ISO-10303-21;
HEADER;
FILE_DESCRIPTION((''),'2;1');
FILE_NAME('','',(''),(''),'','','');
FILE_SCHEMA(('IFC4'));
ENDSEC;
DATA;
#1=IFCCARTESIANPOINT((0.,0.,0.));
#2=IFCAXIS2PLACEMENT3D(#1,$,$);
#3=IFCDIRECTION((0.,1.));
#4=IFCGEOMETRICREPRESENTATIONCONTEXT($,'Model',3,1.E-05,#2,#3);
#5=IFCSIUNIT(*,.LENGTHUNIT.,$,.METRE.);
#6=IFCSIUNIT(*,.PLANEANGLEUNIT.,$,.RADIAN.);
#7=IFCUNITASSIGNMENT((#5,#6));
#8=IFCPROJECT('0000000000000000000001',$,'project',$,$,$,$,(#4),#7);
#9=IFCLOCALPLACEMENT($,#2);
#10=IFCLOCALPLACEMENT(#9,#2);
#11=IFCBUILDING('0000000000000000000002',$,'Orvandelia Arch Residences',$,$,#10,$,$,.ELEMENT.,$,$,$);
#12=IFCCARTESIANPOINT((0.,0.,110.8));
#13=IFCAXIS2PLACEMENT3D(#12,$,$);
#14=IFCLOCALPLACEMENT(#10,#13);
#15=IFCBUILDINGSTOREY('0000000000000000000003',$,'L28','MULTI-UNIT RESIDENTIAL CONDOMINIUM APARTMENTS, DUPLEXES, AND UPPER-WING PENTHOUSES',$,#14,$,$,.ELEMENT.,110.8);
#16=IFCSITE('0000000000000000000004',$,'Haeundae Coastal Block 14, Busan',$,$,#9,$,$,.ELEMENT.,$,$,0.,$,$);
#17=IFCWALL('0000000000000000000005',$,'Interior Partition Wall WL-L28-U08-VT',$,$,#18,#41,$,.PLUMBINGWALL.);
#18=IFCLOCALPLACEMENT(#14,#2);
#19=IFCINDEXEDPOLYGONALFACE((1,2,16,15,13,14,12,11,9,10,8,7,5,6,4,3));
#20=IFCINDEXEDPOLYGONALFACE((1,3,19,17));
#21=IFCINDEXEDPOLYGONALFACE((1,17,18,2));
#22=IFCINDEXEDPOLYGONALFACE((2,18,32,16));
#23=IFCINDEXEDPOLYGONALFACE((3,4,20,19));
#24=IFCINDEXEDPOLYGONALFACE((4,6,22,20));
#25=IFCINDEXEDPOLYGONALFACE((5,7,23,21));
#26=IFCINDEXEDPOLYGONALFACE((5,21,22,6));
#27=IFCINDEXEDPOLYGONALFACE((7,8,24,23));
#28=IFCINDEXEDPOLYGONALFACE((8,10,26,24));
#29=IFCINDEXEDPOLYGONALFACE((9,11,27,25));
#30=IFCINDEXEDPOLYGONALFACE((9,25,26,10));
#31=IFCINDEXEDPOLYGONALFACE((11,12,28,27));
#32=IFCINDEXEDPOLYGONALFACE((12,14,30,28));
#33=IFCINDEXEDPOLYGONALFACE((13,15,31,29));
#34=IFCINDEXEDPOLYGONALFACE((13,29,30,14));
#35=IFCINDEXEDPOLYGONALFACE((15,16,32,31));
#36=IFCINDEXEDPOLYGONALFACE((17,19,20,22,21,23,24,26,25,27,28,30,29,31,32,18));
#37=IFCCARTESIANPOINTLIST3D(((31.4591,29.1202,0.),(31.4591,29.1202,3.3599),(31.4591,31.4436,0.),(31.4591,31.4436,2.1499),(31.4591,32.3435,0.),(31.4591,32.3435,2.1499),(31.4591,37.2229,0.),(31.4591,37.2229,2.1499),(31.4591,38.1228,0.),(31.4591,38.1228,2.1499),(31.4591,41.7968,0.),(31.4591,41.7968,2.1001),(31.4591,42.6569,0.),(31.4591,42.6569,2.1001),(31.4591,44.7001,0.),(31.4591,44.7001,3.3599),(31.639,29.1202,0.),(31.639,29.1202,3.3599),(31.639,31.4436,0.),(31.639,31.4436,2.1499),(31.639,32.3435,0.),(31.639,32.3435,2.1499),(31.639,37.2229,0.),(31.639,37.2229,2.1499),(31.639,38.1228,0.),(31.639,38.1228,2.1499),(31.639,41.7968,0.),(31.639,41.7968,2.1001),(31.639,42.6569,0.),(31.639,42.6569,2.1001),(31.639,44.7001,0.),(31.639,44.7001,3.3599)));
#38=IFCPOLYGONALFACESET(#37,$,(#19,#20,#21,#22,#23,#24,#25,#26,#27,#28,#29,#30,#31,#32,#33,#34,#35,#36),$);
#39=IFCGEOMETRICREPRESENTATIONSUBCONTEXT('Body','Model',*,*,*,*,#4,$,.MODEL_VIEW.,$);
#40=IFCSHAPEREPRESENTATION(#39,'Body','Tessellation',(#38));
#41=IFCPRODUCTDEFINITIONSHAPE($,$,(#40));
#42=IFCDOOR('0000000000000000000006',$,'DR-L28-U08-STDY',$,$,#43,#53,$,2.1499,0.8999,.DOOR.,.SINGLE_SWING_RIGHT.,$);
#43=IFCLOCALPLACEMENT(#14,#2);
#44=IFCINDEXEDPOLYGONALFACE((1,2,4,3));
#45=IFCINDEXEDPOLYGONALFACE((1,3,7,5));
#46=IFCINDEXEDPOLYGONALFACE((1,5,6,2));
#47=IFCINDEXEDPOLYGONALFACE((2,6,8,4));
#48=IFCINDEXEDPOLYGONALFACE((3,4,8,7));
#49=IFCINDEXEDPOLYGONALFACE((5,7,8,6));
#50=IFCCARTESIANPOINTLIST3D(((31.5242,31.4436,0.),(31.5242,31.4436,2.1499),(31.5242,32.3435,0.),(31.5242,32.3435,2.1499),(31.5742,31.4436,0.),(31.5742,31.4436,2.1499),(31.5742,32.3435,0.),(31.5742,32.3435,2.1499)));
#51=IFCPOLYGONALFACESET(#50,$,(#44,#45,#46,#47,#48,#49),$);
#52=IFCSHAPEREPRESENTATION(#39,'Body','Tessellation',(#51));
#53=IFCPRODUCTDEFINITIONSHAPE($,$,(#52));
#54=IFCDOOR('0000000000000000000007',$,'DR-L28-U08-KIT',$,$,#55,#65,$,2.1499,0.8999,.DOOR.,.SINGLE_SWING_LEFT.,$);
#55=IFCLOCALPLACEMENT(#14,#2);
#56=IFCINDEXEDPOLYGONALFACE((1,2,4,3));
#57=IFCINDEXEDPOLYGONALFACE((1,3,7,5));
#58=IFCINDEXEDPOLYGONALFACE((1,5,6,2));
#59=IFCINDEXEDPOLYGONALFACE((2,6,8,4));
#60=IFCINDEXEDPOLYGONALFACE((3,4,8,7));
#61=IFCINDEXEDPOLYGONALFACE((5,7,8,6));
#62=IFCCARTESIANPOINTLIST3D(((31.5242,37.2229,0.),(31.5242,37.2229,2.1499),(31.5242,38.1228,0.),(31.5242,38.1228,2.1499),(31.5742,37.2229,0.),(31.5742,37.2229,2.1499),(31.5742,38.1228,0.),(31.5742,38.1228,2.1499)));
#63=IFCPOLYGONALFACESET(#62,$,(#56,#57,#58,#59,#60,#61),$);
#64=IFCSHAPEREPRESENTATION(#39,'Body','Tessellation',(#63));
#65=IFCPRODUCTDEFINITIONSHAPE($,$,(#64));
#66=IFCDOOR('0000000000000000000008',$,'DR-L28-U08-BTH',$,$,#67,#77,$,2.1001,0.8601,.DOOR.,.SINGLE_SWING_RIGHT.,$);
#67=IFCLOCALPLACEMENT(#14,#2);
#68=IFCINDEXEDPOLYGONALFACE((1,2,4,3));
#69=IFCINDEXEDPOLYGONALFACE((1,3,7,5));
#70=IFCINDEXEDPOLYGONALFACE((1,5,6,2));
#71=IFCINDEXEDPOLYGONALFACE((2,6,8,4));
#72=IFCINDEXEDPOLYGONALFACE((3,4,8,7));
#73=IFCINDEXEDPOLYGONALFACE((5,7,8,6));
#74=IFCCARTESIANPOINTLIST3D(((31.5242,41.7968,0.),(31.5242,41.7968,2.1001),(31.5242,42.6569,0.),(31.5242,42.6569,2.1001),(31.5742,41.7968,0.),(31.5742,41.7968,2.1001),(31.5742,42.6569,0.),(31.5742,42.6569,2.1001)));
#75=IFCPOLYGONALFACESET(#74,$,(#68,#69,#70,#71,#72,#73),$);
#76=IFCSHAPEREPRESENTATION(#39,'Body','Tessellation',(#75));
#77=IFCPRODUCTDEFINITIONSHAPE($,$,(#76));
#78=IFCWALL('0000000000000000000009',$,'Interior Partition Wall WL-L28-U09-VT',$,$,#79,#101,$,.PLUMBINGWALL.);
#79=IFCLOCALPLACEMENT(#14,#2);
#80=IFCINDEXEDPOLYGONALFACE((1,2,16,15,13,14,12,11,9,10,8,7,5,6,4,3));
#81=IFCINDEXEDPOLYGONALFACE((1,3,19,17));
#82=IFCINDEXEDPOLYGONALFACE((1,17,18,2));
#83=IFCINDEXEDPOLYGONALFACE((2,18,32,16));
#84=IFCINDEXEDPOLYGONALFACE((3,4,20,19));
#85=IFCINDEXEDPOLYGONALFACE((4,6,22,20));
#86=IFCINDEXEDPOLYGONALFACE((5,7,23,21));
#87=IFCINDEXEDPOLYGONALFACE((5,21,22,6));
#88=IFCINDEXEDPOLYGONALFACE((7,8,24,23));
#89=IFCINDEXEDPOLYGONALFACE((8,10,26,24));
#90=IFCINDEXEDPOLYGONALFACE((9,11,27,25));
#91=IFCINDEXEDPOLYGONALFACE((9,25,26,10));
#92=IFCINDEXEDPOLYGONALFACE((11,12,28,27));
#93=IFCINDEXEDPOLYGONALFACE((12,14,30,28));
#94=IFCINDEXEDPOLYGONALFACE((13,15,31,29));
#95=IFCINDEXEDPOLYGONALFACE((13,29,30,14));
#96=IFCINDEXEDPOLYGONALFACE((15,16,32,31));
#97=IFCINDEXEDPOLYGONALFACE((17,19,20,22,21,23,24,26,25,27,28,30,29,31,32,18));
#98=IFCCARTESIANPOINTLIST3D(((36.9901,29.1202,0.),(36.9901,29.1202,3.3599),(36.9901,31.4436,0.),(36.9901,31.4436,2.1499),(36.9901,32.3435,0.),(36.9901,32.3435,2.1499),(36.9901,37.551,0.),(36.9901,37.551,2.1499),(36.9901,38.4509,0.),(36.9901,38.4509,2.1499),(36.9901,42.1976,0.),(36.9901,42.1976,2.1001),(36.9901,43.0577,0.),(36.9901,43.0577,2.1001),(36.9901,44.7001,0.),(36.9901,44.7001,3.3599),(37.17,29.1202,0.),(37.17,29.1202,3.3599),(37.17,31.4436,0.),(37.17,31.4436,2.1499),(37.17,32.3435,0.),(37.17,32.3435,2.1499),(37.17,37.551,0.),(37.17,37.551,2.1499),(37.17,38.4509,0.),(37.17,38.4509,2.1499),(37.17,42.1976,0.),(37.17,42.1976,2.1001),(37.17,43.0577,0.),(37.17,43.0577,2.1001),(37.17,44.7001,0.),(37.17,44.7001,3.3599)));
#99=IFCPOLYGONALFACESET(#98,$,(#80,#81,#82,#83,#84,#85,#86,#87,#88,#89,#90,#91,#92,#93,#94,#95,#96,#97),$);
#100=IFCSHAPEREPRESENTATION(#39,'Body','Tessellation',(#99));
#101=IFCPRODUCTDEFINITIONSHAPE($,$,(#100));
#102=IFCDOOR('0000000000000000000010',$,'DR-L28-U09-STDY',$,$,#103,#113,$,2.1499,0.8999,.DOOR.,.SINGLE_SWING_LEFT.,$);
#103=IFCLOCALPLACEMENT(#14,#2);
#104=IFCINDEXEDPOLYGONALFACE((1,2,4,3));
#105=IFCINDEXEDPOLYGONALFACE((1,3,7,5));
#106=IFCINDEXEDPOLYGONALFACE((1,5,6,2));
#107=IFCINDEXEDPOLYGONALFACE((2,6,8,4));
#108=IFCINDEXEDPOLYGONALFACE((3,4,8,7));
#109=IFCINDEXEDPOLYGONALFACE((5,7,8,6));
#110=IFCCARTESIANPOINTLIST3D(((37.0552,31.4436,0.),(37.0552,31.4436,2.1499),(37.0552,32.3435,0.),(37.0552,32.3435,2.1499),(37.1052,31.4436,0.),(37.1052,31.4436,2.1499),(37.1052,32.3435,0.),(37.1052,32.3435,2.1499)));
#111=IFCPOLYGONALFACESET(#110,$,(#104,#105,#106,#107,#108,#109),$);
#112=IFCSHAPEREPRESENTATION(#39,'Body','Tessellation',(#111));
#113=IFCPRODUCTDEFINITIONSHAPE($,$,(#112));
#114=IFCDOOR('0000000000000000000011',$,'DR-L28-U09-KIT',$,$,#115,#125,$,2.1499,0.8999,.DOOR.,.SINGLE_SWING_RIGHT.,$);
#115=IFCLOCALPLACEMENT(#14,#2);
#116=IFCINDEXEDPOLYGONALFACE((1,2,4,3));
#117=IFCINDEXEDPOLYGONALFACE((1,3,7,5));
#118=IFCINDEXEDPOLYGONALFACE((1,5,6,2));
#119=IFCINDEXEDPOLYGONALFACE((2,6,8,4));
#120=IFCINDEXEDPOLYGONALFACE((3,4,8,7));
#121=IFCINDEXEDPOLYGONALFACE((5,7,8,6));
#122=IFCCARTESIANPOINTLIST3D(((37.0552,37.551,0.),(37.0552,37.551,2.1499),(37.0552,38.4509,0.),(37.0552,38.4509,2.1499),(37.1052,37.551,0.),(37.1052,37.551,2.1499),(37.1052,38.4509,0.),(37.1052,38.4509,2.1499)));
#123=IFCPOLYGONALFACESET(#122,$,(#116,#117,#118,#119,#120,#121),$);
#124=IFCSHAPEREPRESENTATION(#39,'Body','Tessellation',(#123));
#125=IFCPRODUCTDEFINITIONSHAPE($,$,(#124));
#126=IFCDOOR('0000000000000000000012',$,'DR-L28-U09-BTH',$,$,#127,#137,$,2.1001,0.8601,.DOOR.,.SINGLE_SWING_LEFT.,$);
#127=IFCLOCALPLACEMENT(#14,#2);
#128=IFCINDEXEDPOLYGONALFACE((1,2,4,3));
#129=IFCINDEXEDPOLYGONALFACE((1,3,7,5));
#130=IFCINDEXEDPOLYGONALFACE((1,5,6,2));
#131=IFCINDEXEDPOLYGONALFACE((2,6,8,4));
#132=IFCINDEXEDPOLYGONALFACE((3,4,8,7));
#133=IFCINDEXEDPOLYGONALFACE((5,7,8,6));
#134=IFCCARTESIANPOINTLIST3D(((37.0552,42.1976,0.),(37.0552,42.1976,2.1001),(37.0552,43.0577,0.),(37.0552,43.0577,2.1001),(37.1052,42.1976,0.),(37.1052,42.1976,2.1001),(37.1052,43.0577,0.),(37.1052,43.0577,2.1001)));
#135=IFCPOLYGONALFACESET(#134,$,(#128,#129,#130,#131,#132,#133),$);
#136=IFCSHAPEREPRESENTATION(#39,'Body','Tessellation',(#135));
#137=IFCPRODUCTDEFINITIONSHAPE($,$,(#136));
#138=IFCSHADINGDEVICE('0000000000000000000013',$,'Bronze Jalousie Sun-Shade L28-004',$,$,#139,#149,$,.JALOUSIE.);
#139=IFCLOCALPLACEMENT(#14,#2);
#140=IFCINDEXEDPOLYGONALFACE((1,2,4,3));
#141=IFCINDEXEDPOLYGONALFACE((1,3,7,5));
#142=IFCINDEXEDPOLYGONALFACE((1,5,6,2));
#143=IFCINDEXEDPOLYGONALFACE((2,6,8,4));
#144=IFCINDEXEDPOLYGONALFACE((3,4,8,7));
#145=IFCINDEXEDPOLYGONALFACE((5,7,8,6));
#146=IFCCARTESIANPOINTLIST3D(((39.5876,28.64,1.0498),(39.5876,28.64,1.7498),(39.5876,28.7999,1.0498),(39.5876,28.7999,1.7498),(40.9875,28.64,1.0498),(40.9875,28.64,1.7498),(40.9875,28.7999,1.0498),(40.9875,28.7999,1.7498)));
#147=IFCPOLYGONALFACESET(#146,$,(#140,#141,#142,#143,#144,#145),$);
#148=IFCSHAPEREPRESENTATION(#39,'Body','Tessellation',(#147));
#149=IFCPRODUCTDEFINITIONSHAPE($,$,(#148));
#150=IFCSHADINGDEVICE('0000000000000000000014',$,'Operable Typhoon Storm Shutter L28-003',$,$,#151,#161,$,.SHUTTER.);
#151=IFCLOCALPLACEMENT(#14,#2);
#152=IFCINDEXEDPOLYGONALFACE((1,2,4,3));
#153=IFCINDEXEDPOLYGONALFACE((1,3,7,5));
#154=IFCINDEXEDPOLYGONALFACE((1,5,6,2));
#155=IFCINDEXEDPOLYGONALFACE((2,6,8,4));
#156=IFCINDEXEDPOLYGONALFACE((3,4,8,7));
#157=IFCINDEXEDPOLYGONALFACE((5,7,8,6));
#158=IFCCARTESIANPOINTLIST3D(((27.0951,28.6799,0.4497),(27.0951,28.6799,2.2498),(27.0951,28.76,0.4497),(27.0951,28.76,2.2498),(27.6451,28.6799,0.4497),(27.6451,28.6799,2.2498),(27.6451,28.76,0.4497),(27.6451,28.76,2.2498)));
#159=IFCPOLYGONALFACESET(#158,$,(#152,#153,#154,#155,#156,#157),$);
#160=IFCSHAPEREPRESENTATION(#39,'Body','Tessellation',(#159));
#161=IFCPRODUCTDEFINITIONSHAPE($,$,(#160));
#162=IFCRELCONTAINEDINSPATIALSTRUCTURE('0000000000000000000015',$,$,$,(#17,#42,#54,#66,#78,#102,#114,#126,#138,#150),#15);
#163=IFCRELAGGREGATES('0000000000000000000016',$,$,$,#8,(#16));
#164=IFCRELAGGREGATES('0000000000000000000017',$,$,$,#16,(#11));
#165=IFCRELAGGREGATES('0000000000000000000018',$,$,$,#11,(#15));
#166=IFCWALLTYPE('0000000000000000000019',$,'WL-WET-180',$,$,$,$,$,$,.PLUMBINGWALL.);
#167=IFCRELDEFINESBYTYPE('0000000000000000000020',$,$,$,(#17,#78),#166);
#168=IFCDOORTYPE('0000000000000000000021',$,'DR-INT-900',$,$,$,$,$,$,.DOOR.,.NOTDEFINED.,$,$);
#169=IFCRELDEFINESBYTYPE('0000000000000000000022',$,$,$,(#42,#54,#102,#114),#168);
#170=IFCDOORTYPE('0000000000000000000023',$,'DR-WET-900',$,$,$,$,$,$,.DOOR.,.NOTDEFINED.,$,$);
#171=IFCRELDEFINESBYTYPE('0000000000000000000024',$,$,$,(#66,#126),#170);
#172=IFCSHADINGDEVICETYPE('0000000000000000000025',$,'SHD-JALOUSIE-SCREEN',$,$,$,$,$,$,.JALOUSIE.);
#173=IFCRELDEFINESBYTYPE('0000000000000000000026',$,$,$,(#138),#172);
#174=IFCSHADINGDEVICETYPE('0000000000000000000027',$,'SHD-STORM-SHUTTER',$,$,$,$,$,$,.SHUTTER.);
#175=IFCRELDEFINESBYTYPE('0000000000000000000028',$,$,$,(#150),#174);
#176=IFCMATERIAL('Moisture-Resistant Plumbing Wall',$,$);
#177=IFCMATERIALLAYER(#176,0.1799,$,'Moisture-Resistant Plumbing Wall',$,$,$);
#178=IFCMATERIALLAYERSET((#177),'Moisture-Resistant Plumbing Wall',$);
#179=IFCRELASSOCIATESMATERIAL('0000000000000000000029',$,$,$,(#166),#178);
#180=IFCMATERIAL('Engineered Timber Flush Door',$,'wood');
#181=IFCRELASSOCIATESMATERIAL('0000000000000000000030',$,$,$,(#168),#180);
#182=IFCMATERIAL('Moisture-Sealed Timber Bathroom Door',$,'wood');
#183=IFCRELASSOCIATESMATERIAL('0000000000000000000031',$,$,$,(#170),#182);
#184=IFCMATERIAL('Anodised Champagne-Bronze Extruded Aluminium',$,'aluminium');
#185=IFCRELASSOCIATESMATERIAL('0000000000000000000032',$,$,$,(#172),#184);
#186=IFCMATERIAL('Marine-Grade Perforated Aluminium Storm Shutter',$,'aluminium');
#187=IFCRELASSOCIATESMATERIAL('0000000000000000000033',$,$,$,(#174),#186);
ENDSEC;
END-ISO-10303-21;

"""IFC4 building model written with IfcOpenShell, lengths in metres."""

from ifc_helpers import new_model, si_unit, direction, frame, frame_2d, origin, origin_2d, place, context, subcontext, project, spatial, rectangle, extrude, material, layer, layer_set, type_object, element, fill, save


model = new_model("IFC4")

# Units and contexts
model_context = context("Model", 3, precision=1e-05, world=origin(), true_north=direction((0.0, 1.0)))
body_context = subcontext(model_context, "Body", "Model", "MODEL_VIEW")
ifc_project = project(units=[si_unit("LENGTHUNIT", "METRE"), si_unit("PLANEANGLEUNIT", "RADIAN")], contexts=[model_context])

# Site, building, storey
site_placement = place(None, origin())
site = spatial("IfcSite", under=ifc_project, at=site_placement, Name="Haeundae Coastal Block 14, Busan", CompositionType="ELEMENT", RefElevation=0.0)
building_placement = place(site_placement, origin())
building = spatial("IfcBuilding", under=site, at=building_placement, Name="Orvandelia Arch Residences", CompositionType="ELEMENT")
storey_placement = place(building_placement, frame((0.0, 0.0, 110.8)))
storey = spatial("IfcBuildingStorey", under=building, at=storey_placement, Name="L28", Description="MULTI-UNIT RESIDENTIAL CONDOMINIUM APARTMENTS, DUPLEXES, AND UPPER-WING PENTHOUSES", CompositionType="ELEMENT", Elevation=110.8)

# Walls, openings, doors
ifc_material_1 = material(Name="Moisture-Resistant Plumbing Wall")
ifc_layer_1 = layer(ifc_material_1, 0.1799, Name="Moisture-Resistant Plumbing Wall")
ifc_layer_set_1 = layer_set([ifc_layer_1], Name="Moisture-Resistant Plumbing Wall")
wall_type_1 = type_object("IfcWallType", Name="WL-WET-180", PredefinedType="PLUMBINGWALL", material=ifc_layer_set_1)
wall_1_placement = place(storey_placement, frame((31.5491, 29.1201, 0.0), z_axis=(0.0, 0.0, 1.0), x_axis=(0.0, 1.0, 0.0)))
wall_1 = element("IfcWall", 1, at=wall_1_placement, inside=storey, type_object=wall_type_1, Name="Interior Partition Wall WL-L28-U08-VT", PredefinedType="PLUMBINGWALL", context=body_context, shape_type="SweptSolid", body=[
    extrude(rectangle(XDim=15.5798, YDim=0.1799, at=frame_2d((7.79, 0.0))), origin(), (0.0, 0.0, 1.0), 3.3599),
])
opening_1_placement = place(wall_1_placement, frame((2.3235, 0.0, 0.0)))
opening_1 = element("IfcOpeningElement", 2, at=opening_1_placement, cuts=wall_1, PredefinedType="OPENING", context=body_context, shape_type="SweptSolid", body=[
    extrude(rectangle(XDim=0.8999, YDim=2.1499, at=frame_2d((0.45, 1.075))), frame((0.0, 0.1001, 0.0), z_axis=(0.0, -1.0, 0.0), x_axis=(1.0, 0.0, 0.0)), (0.0, 0.0, 1.0), 0.2),
])
opening_2_placement = place(wall_1_placement, frame((8.1028, 0.0, 0.0)))
opening_2 = element("IfcOpeningElement", 3, at=opening_2_placement, cuts=wall_1, PredefinedType="OPENING", context=body_context, shape_type="SweptSolid", body=[
    extrude(rectangle(XDim=0.8999, YDim=2.1499, at=frame_2d((0.45, 1.075))), frame((0.0, 0.1001, 0.0), z_axis=(0.0, -1.0, 0.0), x_axis=(1.0, 0.0, 0.0)), (0.0, 0.0, 1.0), 0.2),
])
opening_3_placement = place(wall_1_placement, frame((12.6765, 0.0, 0.0)))
opening_3 = element("IfcOpeningElement", 4, at=opening_3_placement, cuts=wall_1, PredefinedType="OPENING", context=body_context, shape_type="SweptSolid", body=[
    extrude(rectangle(XDim=0.8601, YDim=2.1001, at=frame_2d((0.4302, 1.05))), frame((0.0, 0.1001, 0.0), z_axis=(0.0, -1.0, 0.0), x_axis=(1.0, 0.0, 0.0)), (0.0, 0.0, 1.0), 0.2),
])
ifc_material_2 = material(Name="Engineered Timber Flush Door", Category="wood")
door_type_1 = type_object("IfcDoorType", Name="DR-INT-900", OperationType="NOTDEFINED", PredefinedType="DOOR", material=ifc_material_2)
door_1_placement = place(opening_1_placement, origin())
door_1 = element("IfcDoor", 5, at=door_1_placement, inside=storey, type_object=door_type_1, Name="DR-L28-U08-STDY", OperationType="SINGLE_SWING_RIGHT", OverallHeight=2.1499, OverallWidth=0.8999, PredefinedType="DOOR", context=body_context, shape_type="SweptSolid", body=[
    extrude(rectangle(XDim=0.8999, YDim=2.1499, at=frame_2d((0.45, 1.075))), frame((0.0, 0.0249, 0.0), z_axis=(0.0, -1.0, 0.0), x_axis=(1.0, 0.0, 0.0)), (0.0, 0.0, 1.0), 0.05),
])
fill(opening_1, door_1)
door_2_placement = place(opening_2_placement, origin())
door_2 = element("IfcDoor", 6, at=door_2_placement, inside=storey, type_object=door_type_1, Name="DR-L28-U08-KIT", OperationType="SINGLE_SWING_LEFT", OverallHeight=2.1499, OverallWidth=0.8999, PredefinedType="DOOR", context=body_context, shape_type="SweptSolid", body=[
    extrude(rectangle(XDim=0.8999, YDim=2.1499, at=frame_2d((0.45, 1.075))), frame((0.0, 0.0249, 0.0), z_axis=(0.0, -1.0, 0.0), x_axis=(1.0, 0.0, 0.0)), (0.0, 0.0, 1.0), 0.05),
])
fill(opening_2, door_2)
ifc_material_3 = material(Name="Moisture-Sealed Timber Bathroom Door", Category="wood")
door_type_2 = type_object("IfcDoorType", Name="DR-WET-900", OperationType="NOTDEFINED", PredefinedType="DOOR", material=ifc_material_3)
door_3_placement = place(opening_3_placement, origin())
door_3 = element("IfcDoor", 7, at=door_3_placement, inside=storey, type_object=door_type_2, Name="DR-L28-U08-BTH", OperationType="SINGLE_SWING_RIGHT", OverallHeight=2.1001, OverallWidth=0.8601, PredefinedType="DOOR", context=body_context, shape_type="SweptSolid", body=[
    extrude(rectangle(XDim=0.8601, YDim=2.1001, at=frame_2d((0.4302, 1.05))), frame((0.0, 0.0249, 0.0), z_axis=(0.0, -1.0, 0.0), x_axis=(1.0, 0.0, 0.0)), (0.0, 0.0, 1.0), 0.05),
])
fill(opening_3, door_3)
wall_2_placement = place(storey_placement, frame((37.0801, 29.1201, 0.0), z_axis=(0.0, 0.0, 1.0), x_axis=(0.0, 1.0, 0.0)))
wall_2 = element("IfcWall", 8, at=wall_2_placement, inside=storey, type_object=wall_type_1, Name="Interior Partition Wall WL-L28-U09-VT", PredefinedType="PLUMBINGWALL", context=body_context, shape_type="SweptSolid", body=[
    extrude(rectangle(XDim=15.5798, YDim=0.1799, at=frame_2d((7.79, 0.0))), origin(), (0.0, 0.0, 1.0), 3.3599),
])
opening_4_placement = place(wall_2_placement, frame((2.3235, 0.0, 0.0)))
opening_4 = element("IfcOpeningElement", 9, at=opening_4_placement, cuts=wall_2, PredefinedType="OPENING", context=body_context, shape_type="SweptSolid", body=[
    extrude(rectangle(XDim=0.8999, YDim=2.1499, at=frame_2d((0.45, 1.075))), frame((0.0, 0.1001, 0.0), z_axis=(0.0, -1.0, 0.0), x_axis=(1.0, 0.0, 0.0)), (0.0, 0.0, 1.0), 0.2),
])
opening_5_placement = place(wall_2_placement, frame((8.4309, 0.0, 0.0)))
opening_5 = element("IfcOpeningElement", 10, at=opening_5_placement, cuts=wall_2, PredefinedType="OPENING", context=body_context, shape_type="SweptSolid", body=[
    extrude(rectangle(XDim=0.8999, YDim=2.1499, at=frame_2d((0.45, 1.075))), frame((0.0, 0.1001, 0.0), z_axis=(0.0, -1.0, 0.0), x_axis=(1.0, 0.0, 0.0)), (0.0, 0.0, 1.0), 0.2),
])
opening_6_placement = place(wall_2_placement, frame((13.0774, 0.0, 0.0)))
opening_6 = element("IfcOpeningElement", 11, at=opening_6_placement, cuts=wall_2, PredefinedType="OPENING", context=body_context, shape_type="SweptSolid", body=[
    extrude(rectangle(XDim=0.8601, YDim=2.1001, at=frame_2d((0.4302, 1.05))), frame((0.0, 0.1001, 0.0), z_axis=(0.0, -1.0, 0.0), x_axis=(1.0, 0.0, 0.0)), (0.0, 0.0, 1.0), 0.2),
])
door_4_placement = place(opening_4_placement, origin())
door_4 = element("IfcDoor", 12, at=door_4_placement, inside=storey, type_object=door_type_1, Name="DR-L28-U09-STDY", OperationType="SINGLE_SWING_LEFT", OverallHeight=2.1499, OverallWidth=0.8999, PredefinedType="DOOR", context=body_context, shape_type="SweptSolid", body=[
    extrude(rectangle(XDim=0.8999, YDim=2.1499, at=frame_2d((0.45, 1.075))), frame((0.0, 0.0249, 0.0), z_axis=(0.0, -1.0, 0.0), x_axis=(1.0, 0.0, 0.0)), (0.0, 0.0, 1.0), 0.05),
])
fill(opening_4, door_4)
door_5_placement = place(opening_5_placement, origin())
door_5 = element("IfcDoor", 13, at=door_5_placement, inside=storey, type_object=door_type_1, Name="DR-L28-U09-KIT", OperationType="SINGLE_SWING_RIGHT", OverallHeight=2.1499, OverallWidth=0.8999, PredefinedType="DOOR", context=body_context, shape_type="SweptSolid", body=[
    extrude(rectangle(XDim=0.8999, YDim=2.1499, at=frame_2d((0.45, 1.075))), frame((0.0, 0.0249, 0.0), z_axis=(0.0, -1.0, 0.0), x_axis=(1.0, 0.0, 0.0)), (0.0, 0.0, 1.0), 0.05),
])
fill(opening_5, door_5)
door_6_placement = place(opening_6_placement, origin())
door_6 = element("IfcDoor", 14, at=door_6_placement, inside=storey, type_object=door_type_2, Name="DR-L28-U09-BTH", OperationType="SINGLE_SWING_LEFT", OverallHeight=2.1001, OverallWidth=0.8601, PredefinedType="DOOR", context=body_context, shape_type="SweptSolid", body=[
    extrude(rectangle(XDim=0.8601, YDim=2.1001, at=frame_2d((0.4302, 1.05))), frame((0.0, 0.0249, 0.0), z_axis=(0.0, -1.0, 0.0), x_axis=(1.0, 0.0, 0.0)), (0.0, 0.0, 1.0), 0.05),
])
fill(opening_6, door_6)

# Shading devices
ifc_material_4 = material(Name="Anodised Champagne-Bronze Extruded Aluminium", Category="aluminium")
shading_device_type_1 = type_object("IfcShadingDeviceType", Name="SHD-JALOUSIE-SCREEN", PredefinedType="JALOUSIE", material=ifc_material_4)
shading_device_1_placement = place(storey_placement, frame((40.2876, 28.72, 1.0498), z_axis=(0.0, 0.0, 1.0), x_axis=(-1.0, 0.0, 0.0)))
element("IfcShadingDevice", 15, at=shading_device_1_placement, inside=storey, type_object=shading_device_type_1, Name="Bronze Jalousie Sun-Shade L28-004", PredefinedType="JALOUSIE", context=body_context, shape_type="SweptSolid", body=[
    extrude(rectangle(XDim=1.3999, YDim=0.1599, at=origin_2d()), origin(), (0.0, 0.0, 1.0), 0.7),
])
ifc_material_5 = material(Name="Marine-Grade Perforated Aluminium Storm Shutter", Category="aluminium")
shading_device_type_2 = type_object("IfcShadingDeviceType", Name="SHD-STORM-SHUTTER", PredefinedType="SHUTTER", material=ifc_material_5)
shading_device_2_placement = place(storey_placement, frame((27.3701, 28.72, 0.4497), z_axis=(0.0, 0.0, 1.0), x_axis=(-1.0, 0.0, 0.0)))
element("IfcShadingDevice", 16, at=shading_device_2_placement, inside=storey, type_object=shading_device_type_2, Name="Operable Typhoon Storm Shutter L28-003", PredefinedType="SHUTTER", context=body_context, shape_type="SweptSolid", body=[
    extrude(rectangle(XDim=0.55, YDim=0.0801, at=origin_2d()), origin(), (0.0, 0.0, 1.0), 1.8),
])

save(model, "model.ifc")
